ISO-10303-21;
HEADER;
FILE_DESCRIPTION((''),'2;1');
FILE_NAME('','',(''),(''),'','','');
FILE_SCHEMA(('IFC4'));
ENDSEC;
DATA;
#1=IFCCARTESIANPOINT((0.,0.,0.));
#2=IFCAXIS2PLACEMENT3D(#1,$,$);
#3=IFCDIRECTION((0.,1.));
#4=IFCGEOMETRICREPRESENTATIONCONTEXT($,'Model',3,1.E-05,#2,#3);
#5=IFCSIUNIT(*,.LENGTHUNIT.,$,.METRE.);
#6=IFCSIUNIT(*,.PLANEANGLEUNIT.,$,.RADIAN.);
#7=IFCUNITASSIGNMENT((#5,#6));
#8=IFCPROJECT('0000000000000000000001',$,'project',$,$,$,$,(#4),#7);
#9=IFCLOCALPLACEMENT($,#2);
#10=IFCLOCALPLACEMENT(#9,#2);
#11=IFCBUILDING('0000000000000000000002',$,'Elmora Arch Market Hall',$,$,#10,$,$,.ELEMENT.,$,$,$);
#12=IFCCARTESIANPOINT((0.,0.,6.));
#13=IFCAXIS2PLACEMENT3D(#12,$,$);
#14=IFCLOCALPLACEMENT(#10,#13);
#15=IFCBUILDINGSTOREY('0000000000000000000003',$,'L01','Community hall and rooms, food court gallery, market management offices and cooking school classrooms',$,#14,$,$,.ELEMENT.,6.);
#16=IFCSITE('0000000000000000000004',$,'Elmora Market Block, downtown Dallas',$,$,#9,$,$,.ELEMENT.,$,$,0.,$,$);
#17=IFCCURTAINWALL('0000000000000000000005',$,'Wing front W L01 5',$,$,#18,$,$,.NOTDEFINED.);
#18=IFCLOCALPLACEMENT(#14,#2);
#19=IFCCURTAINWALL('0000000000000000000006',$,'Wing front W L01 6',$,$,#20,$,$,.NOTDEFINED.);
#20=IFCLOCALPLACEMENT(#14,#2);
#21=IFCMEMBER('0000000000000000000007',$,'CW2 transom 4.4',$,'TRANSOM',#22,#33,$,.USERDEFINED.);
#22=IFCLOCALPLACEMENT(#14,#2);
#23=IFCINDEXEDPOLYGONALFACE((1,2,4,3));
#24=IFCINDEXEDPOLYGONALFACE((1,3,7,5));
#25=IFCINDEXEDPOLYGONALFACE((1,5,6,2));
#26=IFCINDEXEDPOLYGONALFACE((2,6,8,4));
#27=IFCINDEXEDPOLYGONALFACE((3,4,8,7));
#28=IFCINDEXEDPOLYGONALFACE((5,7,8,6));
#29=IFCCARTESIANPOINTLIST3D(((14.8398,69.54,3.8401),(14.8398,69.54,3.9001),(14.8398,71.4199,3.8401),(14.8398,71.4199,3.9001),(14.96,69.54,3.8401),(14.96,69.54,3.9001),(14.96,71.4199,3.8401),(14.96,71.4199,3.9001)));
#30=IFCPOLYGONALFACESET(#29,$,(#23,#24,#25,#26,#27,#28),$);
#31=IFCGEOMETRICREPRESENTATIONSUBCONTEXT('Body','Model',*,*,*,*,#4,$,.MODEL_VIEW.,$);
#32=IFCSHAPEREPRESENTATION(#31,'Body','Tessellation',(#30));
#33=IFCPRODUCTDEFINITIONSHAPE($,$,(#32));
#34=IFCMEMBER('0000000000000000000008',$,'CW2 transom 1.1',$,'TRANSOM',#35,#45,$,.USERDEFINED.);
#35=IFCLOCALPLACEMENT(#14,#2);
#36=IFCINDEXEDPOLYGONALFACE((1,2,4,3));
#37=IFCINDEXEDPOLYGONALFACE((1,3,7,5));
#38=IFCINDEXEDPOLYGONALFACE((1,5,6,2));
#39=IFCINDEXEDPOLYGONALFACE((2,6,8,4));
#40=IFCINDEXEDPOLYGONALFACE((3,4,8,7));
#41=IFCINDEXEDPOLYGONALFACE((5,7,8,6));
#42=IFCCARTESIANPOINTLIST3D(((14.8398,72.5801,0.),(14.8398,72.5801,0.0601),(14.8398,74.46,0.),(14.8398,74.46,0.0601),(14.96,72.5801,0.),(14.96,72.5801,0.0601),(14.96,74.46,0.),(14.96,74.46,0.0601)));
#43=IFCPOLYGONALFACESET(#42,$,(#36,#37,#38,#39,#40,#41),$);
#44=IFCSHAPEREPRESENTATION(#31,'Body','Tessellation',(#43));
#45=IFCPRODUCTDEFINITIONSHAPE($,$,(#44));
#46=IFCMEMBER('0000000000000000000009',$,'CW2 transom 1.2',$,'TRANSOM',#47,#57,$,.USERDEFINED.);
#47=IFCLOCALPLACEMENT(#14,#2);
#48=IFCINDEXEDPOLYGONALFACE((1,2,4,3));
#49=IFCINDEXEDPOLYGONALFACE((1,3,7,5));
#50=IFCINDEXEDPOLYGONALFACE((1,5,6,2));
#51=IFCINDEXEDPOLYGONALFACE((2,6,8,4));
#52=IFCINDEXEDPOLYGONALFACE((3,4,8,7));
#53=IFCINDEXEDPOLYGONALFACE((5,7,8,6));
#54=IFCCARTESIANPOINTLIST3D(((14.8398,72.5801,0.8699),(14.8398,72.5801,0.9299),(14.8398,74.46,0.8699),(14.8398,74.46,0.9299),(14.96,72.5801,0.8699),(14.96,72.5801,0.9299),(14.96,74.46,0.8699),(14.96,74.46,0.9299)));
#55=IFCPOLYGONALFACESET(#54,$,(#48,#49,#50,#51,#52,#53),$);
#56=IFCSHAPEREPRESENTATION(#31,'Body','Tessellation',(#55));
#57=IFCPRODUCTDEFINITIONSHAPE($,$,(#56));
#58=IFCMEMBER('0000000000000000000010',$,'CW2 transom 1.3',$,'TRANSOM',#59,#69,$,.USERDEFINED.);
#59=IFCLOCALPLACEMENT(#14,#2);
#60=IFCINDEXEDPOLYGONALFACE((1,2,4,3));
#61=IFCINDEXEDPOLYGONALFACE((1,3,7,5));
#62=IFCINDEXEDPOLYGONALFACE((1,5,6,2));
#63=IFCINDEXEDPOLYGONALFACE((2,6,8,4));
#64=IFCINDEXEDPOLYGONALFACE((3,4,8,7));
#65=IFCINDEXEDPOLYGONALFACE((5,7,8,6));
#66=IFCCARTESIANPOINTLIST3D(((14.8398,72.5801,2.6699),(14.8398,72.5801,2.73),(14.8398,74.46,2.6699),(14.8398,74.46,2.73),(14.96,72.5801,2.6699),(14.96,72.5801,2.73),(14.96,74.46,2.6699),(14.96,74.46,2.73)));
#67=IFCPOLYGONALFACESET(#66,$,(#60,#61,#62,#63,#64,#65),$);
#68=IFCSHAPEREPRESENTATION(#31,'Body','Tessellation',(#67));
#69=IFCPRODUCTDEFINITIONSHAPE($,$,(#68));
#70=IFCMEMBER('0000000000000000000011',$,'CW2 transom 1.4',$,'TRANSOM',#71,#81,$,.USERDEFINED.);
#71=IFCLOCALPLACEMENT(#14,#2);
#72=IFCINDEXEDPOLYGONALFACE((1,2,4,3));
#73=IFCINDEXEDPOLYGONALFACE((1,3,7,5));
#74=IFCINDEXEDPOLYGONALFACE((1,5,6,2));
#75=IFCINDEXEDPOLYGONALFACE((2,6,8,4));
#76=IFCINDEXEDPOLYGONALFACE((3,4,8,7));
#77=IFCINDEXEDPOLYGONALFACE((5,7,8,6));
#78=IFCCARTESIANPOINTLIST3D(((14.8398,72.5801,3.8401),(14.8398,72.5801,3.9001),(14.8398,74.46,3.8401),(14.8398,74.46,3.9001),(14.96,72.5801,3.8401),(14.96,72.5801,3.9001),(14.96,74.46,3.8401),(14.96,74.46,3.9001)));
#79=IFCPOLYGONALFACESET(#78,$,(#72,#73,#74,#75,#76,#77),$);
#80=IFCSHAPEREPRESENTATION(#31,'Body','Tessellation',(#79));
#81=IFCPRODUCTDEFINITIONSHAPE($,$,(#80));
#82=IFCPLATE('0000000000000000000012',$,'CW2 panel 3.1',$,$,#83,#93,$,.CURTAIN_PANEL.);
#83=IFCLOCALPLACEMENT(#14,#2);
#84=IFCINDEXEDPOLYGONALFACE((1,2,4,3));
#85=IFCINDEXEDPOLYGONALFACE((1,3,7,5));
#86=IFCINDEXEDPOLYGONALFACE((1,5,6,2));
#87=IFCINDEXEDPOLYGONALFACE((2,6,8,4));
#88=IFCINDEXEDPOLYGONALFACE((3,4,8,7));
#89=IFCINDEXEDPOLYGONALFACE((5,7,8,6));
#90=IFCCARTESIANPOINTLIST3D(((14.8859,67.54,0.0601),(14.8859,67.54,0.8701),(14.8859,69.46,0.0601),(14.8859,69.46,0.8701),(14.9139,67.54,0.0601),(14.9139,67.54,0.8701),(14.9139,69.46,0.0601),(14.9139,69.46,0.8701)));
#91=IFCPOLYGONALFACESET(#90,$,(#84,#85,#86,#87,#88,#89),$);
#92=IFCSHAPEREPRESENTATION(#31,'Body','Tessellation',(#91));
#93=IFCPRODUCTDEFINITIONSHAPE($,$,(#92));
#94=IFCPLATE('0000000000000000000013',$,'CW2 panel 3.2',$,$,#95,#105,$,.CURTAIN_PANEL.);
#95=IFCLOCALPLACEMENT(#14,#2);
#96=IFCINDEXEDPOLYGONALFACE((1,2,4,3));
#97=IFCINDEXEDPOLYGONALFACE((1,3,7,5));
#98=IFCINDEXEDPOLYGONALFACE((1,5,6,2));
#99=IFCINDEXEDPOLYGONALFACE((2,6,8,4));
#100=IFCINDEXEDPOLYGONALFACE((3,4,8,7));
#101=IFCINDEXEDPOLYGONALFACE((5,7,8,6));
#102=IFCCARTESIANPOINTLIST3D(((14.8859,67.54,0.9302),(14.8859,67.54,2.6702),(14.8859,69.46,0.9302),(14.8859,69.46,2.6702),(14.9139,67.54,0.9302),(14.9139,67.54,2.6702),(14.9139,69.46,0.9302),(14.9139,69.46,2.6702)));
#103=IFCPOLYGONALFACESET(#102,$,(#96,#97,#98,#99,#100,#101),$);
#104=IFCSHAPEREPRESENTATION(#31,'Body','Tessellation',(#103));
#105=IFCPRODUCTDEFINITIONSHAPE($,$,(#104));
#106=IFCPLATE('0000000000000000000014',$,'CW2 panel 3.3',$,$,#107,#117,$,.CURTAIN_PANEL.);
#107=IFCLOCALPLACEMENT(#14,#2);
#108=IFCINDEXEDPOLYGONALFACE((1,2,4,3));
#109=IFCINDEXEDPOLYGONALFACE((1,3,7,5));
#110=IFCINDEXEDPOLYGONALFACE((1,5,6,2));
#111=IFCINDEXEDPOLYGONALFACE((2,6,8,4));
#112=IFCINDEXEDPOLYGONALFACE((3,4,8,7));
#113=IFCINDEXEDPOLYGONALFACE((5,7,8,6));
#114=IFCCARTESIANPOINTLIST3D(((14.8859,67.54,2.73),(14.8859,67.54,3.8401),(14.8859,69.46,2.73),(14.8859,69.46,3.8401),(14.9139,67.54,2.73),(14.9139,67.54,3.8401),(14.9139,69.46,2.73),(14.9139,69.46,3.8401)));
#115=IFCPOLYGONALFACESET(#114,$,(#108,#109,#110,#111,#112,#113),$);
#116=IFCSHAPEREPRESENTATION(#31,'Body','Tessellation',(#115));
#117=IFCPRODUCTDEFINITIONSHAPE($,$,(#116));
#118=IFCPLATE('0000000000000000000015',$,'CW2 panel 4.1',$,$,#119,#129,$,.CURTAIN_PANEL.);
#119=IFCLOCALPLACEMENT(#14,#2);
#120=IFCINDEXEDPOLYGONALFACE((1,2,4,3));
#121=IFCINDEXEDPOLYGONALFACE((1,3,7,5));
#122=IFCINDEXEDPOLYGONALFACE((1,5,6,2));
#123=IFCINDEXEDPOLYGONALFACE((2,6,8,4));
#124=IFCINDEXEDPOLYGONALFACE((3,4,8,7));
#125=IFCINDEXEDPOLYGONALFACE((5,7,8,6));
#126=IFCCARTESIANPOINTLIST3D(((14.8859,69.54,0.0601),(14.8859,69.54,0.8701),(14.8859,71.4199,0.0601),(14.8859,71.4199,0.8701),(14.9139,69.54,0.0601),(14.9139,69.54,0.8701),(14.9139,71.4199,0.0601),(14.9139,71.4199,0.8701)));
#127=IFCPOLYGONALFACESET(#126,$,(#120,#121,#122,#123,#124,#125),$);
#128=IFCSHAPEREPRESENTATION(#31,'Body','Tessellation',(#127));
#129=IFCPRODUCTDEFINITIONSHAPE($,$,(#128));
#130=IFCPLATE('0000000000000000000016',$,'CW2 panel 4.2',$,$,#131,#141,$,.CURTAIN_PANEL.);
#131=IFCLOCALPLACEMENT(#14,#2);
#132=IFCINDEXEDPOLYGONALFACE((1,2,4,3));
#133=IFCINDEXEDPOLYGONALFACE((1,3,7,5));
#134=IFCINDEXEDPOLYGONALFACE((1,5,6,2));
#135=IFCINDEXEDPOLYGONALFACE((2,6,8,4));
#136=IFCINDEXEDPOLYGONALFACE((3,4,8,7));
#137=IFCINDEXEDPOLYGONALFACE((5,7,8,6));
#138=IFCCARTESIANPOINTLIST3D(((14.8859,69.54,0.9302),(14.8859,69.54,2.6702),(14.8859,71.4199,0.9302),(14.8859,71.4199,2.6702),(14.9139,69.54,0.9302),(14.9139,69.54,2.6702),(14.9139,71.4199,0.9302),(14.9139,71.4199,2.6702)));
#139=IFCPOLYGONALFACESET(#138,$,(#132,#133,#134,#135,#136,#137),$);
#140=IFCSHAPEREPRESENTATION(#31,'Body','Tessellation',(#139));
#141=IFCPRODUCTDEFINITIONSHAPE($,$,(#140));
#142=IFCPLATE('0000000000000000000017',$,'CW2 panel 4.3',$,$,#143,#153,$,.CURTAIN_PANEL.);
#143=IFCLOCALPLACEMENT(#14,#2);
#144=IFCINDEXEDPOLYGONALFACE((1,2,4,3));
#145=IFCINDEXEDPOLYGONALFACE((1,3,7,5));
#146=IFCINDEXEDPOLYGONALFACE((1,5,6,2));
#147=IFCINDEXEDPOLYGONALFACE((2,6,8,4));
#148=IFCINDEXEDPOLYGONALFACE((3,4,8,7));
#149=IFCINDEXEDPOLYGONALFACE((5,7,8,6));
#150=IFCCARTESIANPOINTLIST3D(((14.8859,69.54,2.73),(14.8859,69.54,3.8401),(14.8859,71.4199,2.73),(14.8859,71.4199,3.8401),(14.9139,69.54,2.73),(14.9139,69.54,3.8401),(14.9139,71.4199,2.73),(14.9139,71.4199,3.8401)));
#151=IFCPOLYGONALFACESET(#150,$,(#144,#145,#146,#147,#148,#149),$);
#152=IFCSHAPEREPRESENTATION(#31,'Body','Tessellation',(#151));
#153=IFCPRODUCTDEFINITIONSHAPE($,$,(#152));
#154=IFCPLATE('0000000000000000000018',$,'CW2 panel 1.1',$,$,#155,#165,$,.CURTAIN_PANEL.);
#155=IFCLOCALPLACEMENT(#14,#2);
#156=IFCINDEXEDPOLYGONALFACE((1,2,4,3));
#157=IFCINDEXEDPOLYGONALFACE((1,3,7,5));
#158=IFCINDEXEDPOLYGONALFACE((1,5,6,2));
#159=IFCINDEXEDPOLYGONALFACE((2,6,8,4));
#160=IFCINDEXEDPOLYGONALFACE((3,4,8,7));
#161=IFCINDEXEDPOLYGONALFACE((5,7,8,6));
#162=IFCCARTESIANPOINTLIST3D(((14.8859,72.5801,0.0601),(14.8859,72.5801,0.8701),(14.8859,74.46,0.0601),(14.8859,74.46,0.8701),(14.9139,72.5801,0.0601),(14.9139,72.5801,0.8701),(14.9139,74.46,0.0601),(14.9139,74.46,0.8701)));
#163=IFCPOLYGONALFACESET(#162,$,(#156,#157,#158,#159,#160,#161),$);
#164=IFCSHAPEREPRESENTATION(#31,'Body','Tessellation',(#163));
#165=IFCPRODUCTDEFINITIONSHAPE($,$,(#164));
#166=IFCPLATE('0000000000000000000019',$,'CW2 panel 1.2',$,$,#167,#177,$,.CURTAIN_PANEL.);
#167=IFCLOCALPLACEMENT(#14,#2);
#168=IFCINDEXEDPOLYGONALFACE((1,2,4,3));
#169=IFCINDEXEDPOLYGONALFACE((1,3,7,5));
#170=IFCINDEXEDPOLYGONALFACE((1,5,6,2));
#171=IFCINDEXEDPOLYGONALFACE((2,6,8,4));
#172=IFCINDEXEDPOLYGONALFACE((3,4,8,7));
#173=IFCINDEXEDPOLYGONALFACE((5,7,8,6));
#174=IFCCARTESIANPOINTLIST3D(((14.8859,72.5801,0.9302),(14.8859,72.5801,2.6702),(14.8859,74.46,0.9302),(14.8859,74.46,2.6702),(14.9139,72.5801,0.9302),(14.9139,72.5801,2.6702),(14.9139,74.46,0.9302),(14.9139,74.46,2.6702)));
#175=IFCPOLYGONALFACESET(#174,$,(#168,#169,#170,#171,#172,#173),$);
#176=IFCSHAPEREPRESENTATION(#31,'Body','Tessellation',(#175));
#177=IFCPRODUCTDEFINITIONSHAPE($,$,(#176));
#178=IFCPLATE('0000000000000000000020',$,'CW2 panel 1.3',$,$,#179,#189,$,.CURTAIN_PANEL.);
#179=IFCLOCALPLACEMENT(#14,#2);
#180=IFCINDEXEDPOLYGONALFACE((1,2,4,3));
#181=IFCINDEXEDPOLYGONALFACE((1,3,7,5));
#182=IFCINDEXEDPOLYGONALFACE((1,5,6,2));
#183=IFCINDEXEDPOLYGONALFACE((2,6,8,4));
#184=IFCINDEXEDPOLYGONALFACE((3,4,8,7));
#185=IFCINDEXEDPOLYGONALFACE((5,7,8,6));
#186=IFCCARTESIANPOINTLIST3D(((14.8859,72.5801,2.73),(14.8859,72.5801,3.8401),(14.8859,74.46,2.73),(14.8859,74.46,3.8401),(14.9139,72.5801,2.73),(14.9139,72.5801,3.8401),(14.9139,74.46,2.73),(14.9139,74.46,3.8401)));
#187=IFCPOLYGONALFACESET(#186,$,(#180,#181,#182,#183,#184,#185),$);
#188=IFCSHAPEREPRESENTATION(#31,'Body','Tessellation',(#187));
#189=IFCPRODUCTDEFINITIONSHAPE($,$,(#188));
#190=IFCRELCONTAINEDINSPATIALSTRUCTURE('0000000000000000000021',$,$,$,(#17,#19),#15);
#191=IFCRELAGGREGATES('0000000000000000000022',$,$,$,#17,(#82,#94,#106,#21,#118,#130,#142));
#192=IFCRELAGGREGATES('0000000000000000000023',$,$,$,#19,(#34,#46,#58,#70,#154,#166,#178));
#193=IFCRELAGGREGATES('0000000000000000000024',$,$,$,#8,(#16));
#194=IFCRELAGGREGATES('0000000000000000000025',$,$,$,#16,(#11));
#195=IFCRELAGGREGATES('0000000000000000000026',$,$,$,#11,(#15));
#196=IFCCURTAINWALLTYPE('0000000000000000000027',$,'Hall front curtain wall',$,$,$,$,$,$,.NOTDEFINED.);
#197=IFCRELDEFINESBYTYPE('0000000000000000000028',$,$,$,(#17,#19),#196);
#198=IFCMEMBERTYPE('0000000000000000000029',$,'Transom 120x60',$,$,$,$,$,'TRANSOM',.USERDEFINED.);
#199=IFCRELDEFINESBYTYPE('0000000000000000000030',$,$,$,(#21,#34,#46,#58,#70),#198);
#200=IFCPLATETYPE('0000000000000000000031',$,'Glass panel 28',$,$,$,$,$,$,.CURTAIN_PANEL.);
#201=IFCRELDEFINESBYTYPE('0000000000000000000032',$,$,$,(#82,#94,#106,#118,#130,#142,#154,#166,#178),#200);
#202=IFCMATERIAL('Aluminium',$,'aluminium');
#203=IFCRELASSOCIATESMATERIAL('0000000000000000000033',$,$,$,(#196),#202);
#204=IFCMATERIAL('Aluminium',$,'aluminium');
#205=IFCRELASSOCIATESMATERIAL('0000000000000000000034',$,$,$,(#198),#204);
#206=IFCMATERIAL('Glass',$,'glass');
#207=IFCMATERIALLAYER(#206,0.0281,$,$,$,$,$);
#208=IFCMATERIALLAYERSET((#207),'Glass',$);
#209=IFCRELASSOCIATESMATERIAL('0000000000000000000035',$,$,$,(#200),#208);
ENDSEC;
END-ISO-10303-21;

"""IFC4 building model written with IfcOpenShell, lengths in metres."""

from ifc_helpers import new_model, si_unit, direction, frame, origin, origin_2d, place, context, subcontext, project, spatial, rectangle, extrude, material, layer, layer_set, material_profile, profile_set, type_object, element, aggregate, save


model = new_model("IFC4")

# Units and contexts
model_context = context("Model", 3, precision=1e-05, world=origin(), true_north=direction((0.0, 1.0)))
body_context = subcontext(model_context, "Body", "Model", "MODEL_VIEW")
ifc_project = project(units=[si_unit("LENGTHUNIT", "METRE"), si_unit("PLANEANGLEUNIT", "RADIAN")], contexts=[model_context])

# Site, building, storey
site_placement = place(None, origin())
site = spatial("IfcSite", under=ifc_project, at=site_placement, Name="Elmora Market Block, downtown Dallas", CompositionType="ELEMENT", RefElevation=0.0)
building_placement = place(site_placement, origin())
building = spatial("IfcBuilding", under=site, at=building_placement, Name="Elmora Arch Market Hall", CompositionType="ELEMENT")
storey_placement = place(building_placement, frame((0.0, 0.0, 6.0)))
storey = spatial("IfcBuildingStorey", under=building, at=storey_placement, Name="L01", Description="Community hall and rooms, food court gallery, market management offices and cooking school classrooms", CompositionType="ELEMENT", Elevation=6.0)

# Curtain walls
ifc_material_1 = material(Name="Aluminium", Category="aluminium")
curtain_wall_type = type_object("IfcCurtainWallType", Name="Hall front curtain wall", PredefinedType="NOTDEFINED", material=ifc_material_1)
curtain_wall_1_placement = place(storey_placement, origin())
curtain_wall_1 = element("IfcCurtainWall", 1, at=curtain_wall_1_placement, inside=storey, type_object=curtain_wall_type, Name="Wing front W L01 5", PredefinedType="NOTDEFINED")
curtain_wall_2_placement = place(storey_placement, origin())
curtain_wall_2 = element("IfcCurtainWall", 2, at=curtain_wall_2_placement, inside=storey, type_object=curtain_wall_type, Name="Wing front W L01 6", PredefinedType="NOTDEFINED")

# Members
ifc_material_2 = material(Name="Aluminium", Category="aluminium")
ifc_material_profile_1 = material_profile(ifc_material_2, rectangle(XDim=0.1201, YDim=0.0601, at=origin_2d()), Name="AL 120x60")
ifc_profile_set_1 = profile_set([ifc_material_profile_1], Name="Aluminium")
member_type_1 = type_object("IfcMemberType", Name="Transom 120x60", ElementType="TRANSOM", PredefinedType="USERDEFINED", material=ifc_profile_set_1)
member_1_placement = place(storey_placement, frame((14.8999, 69.54, 3.8701), z_axis=(0.0, 1.0, 0.0), x_axis=(-1.0, 0.0, 0.0)))
member_1 = element("IfcMember", 3, at=member_1_placement, type_object=member_type_1, Name="CW2 transom 4.4", ObjectType="TRANSOM", PredefinedType="USERDEFINED", context=body_context, shape_type="SweptSolid", body=[
    extrude(rectangle(XDim=0.1201, YDim=0.0601, at=origin_2d()), origin(), (0.0, 0.0, 1.0), 1.8799),
])
member_2_placement = place(storey_placement, frame((14.8999, 72.5801, 0.03), z_axis=(0.0, 1.0, 0.0), x_axis=(-1.0, 0.0, 0.0)))
member_2 = element("IfcMember", 4, at=member_2_placement, type_object=member_type_1, Name="CW2 transom 1.1", ObjectType="TRANSOM", PredefinedType="USERDEFINED", context=body_context, shape_type="SweptSolid", body=[
    extrude(rectangle(XDim=0.1201, YDim=0.0601, at=origin_2d()), origin(), (0.0, 0.0, 1.0), 1.8799),
])
member_3_placement = place(storey_placement, frame((14.8999, 72.5801, 0.8999), z_axis=(0.0, 1.0, 0.0), x_axis=(-1.0, 0.0, 0.0)))
member_3 = element("IfcMember", 5, at=member_3_placement, type_object=member_type_1, Name="CW2 transom 1.2", ObjectType="TRANSOM", PredefinedType="USERDEFINED", context=body_context, shape_type="SweptSolid", body=[
    extrude(rectangle(XDim=0.1201, YDim=0.0601, at=origin_2d()), origin(), (0.0, 0.0, 1.0), 1.8799),
])
member_4_placement = place(storey_placement, frame((14.8999, 72.5801, 2.7), z_axis=(0.0, 1.0, 0.0), x_axis=(-1.0, 0.0, 0.0)))
member_4 = element("IfcMember", 6, at=member_4_placement, type_object=member_type_1, Name="CW2 transom 1.3", ObjectType="TRANSOM", PredefinedType="USERDEFINED", context=body_context, shape_type="SweptSolid", body=[
    extrude(rectangle(XDim=0.1201, YDim=0.0601, at=origin_2d()), origin(), (0.0, 0.0, 1.0), 1.8799),
])
member_5_placement = place(storey_placement, frame((14.8999, 72.5801, 3.8701), z_axis=(0.0, 1.0, 0.0), x_axis=(-1.0, 0.0, 0.0)))
member_5 = element("IfcMember", 7, at=member_5_placement, type_object=member_type_1, Name="CW2 transom 1.4", ObjectType="TRANSOM", PredefinedType="USERDEFINED", context=body_context, shape_type="SweptSolid", body=[
    extrude(rectangle(XDim=0.1201, YDim=0.0601, at=origin_2d()), origin(), (0.0, 0.0, 1.0), 1.8799),
])

# Plates
ifc_material_3 = material(Name="Glass", Category="glass")
ifc_layer = layer(ifc_material_3, 0.0281)
ifc_layer_set = layer_set([ifc_layer], Name="Glass")
plate_type = type_object("IfcPlateType", Name="Glass panel 28", PredefinedType="CURTAIN_PANEL", material=ifc_layer_set)
plate_1_placement = place(storey_placement, frame((14.8999, 68.5, 0.0601), z_axis=(0.0, 0.0, 1.0), x_axis=(0.0, 1.0, 0.0)))
plate_1 = element("IfcPlate", 8, at=plate_1_placement, type_object=plate_type, Name="CW2 panel 3.1", PredefinedType="CURTAIN_PANEL", context=body_context, shape_type="SweptSolid", body=[
    extrude(rectangle(XDim=1.9199, YDim=0.0281, at=origin_2d()), origin(), (0.0, 0.0, 1.0), 0.8101),
])
plate_2_placement = place(storey_placement, frame((14.8999, 68.5, 0.9302), z_axis=(0.0, 0.0, 1.0), x_axis=(0.0, 1.0, 0.0)))
plate_2 = element("IfcPlate", 9, at=plate_2_placement, type_object=plate_type, Name="CW2 panel 3.2", PredefinedType="CURTAIN_PANEL", context=body_context, shape_type="SweptSolid", body=[
    extrude(rectangle(XDim=1.9199, YDim=0.0281, at=origin_2d()), origin(), (0.0, 0.0, 1.0), 1.74),
])
plate_3_placement = place(storey_placement, frame((14.8999, 68.5, 2.73), z_axis=(0.0, 0.0, 1.0), x_axis=(0.0, 1.0, 0.0)))
plate_3 = element("IfcPlate", 10, at=plate_3_placement, type_object=plate_type, Name="CW2 panel 3.3", PredefinedType="CURTAIN_PANEL", context=body_context, shape_type="SweptSolid", body=[
    extrude(rectangle(XDim=1.9199, YDim=0.0281, at=origin_2d()), origin(), (0.0, 0.0, 1.0), 1.1101),
])
plate_4_placement = place(storey_placement, frame((14.8999, 70.48, 0.0601), z_axis=(0.0, 0.0, 1.0), x_axis=(0.0, 1.0, 0.0)))
plate_4 = element("IfcPlate", 11, at=plate_4_placement, type_object=plate_type, Name="CW2 panel 4.1", PredefinedType="CURTAIN_PANEL", context=body_context, shape_type="SweptSolid", body=[
    extrude(rectangle(XDim=1.8799, YDim=0.0281, at=origin_2d()), origin(), (0.0, 0.0, 1.0), 0.8101),
])
plate_5_placement = place(storey_placement, frame((14.8999, 70.48, 0.9302), z_axis=(0.0, 0.0, 1.0), x_axis=(0.0, 1.0, 0.0)))
plate_5 = element("IfcPlate", 12, at=plate_5_placement, type_object=plate_type, Name="CW2 panel 4.2", PredefinedType="CURTAIN_PANEL", context=body_context, shape_type="SweptSolid", body=[
    extrude(rectangle(XDim=1.8799, YDim=0.0281, at=origin_2d()), origin(), (0.0, 0.0, 1.0), 1.74),
])
plate_6_placement = place(storey_placement, frame((14.8999, 70.48, 2.73), z_axis=(0.0, 0.0, 1.0), x_axis=(0.0, 1.0, 0.0)))
plate_6 = element("IfcPlate", 13, at=plate_6_placement, type_object=plate_type, Name="CW2 panel 4.3", PredefinedType="CURTAIN_PANEL", context=body_context, shape_type="SweptSolid", body=[
    extrude(rectangle(XDim=1.8799, YDim=0.0281, at=origin_2d()), origin(), (0.0, 0.0, 1.0), 1.1101),
])
aggregate(curtain_wall_1, [plate_1, plate_2, plate_3, member_1, plate_4, plate_5, plate_6])
plate_7_placement = place(storey_placement, frame((14.8999, 73.52, 0.0601), z_axis=(0.0, 0.0, 1.0), x_axis=(0.0, 1.0, 0.0)))
plate_7 = element("IfcPlate", 14, at=plate_7_placement, type_object=plate_type, Name="CW2 panel 1.1", PredefinedType="CURTAIN_PANEL", context=body_context, shape_type="SweptSolid", body=[
    extrude(rectangle(XDim=1.8799, YDim=0.0281, at=origin_2d()), origin(), (0.0, 0.0, 1.0), 0.8101),
])
plate_8_placement = place(storey_placement, frame((14.8999, 73.52, 0.9302), z_axis=(0.0, 0.0, 1.0), x_axis=(0.0, 1.0, 0.0)))
plate_8 = element("IfcPlate", 15, at=plate_8_placement, type_object=plate_type, Name="CW2 panel 1.2", PredefinedType="CURTAIN_PANEL", context=body_context, shape_type="SweptSolid", body=[
    extrude(rectangle(XDim=1.8799, YDim=0.0281, at=origin_2d()), origin(), (0.0, 0.0, 1.0), 1.74),
])
plate_9_placement = place(storey_placement, frame((14.8999, 73.52, 2.73), z_axis=(0.0, 0.0, 1.0), x_axis=(0.0, 1.0, 0.0)))
plate_9 = element("IfcPlate", 16, at=plate_9_placement, type_object=plate_type, Name="CW2 panel 1.3", PredefinedType="CURTAIN_PANEL", context=body_context, shape_type="SweptSolid", body=[
    extrude(rectangle(XDim=1.8799, YDim=0.0281, at=origin_2d()), origin(), (0.0, 0.0, 1.0), 1.1101),
])
aggregate(curtain_wall_2, [member_2, member_3, member_4, member_5, plate_7, plate_8, plate_9])

save(model, "model.ifc")
